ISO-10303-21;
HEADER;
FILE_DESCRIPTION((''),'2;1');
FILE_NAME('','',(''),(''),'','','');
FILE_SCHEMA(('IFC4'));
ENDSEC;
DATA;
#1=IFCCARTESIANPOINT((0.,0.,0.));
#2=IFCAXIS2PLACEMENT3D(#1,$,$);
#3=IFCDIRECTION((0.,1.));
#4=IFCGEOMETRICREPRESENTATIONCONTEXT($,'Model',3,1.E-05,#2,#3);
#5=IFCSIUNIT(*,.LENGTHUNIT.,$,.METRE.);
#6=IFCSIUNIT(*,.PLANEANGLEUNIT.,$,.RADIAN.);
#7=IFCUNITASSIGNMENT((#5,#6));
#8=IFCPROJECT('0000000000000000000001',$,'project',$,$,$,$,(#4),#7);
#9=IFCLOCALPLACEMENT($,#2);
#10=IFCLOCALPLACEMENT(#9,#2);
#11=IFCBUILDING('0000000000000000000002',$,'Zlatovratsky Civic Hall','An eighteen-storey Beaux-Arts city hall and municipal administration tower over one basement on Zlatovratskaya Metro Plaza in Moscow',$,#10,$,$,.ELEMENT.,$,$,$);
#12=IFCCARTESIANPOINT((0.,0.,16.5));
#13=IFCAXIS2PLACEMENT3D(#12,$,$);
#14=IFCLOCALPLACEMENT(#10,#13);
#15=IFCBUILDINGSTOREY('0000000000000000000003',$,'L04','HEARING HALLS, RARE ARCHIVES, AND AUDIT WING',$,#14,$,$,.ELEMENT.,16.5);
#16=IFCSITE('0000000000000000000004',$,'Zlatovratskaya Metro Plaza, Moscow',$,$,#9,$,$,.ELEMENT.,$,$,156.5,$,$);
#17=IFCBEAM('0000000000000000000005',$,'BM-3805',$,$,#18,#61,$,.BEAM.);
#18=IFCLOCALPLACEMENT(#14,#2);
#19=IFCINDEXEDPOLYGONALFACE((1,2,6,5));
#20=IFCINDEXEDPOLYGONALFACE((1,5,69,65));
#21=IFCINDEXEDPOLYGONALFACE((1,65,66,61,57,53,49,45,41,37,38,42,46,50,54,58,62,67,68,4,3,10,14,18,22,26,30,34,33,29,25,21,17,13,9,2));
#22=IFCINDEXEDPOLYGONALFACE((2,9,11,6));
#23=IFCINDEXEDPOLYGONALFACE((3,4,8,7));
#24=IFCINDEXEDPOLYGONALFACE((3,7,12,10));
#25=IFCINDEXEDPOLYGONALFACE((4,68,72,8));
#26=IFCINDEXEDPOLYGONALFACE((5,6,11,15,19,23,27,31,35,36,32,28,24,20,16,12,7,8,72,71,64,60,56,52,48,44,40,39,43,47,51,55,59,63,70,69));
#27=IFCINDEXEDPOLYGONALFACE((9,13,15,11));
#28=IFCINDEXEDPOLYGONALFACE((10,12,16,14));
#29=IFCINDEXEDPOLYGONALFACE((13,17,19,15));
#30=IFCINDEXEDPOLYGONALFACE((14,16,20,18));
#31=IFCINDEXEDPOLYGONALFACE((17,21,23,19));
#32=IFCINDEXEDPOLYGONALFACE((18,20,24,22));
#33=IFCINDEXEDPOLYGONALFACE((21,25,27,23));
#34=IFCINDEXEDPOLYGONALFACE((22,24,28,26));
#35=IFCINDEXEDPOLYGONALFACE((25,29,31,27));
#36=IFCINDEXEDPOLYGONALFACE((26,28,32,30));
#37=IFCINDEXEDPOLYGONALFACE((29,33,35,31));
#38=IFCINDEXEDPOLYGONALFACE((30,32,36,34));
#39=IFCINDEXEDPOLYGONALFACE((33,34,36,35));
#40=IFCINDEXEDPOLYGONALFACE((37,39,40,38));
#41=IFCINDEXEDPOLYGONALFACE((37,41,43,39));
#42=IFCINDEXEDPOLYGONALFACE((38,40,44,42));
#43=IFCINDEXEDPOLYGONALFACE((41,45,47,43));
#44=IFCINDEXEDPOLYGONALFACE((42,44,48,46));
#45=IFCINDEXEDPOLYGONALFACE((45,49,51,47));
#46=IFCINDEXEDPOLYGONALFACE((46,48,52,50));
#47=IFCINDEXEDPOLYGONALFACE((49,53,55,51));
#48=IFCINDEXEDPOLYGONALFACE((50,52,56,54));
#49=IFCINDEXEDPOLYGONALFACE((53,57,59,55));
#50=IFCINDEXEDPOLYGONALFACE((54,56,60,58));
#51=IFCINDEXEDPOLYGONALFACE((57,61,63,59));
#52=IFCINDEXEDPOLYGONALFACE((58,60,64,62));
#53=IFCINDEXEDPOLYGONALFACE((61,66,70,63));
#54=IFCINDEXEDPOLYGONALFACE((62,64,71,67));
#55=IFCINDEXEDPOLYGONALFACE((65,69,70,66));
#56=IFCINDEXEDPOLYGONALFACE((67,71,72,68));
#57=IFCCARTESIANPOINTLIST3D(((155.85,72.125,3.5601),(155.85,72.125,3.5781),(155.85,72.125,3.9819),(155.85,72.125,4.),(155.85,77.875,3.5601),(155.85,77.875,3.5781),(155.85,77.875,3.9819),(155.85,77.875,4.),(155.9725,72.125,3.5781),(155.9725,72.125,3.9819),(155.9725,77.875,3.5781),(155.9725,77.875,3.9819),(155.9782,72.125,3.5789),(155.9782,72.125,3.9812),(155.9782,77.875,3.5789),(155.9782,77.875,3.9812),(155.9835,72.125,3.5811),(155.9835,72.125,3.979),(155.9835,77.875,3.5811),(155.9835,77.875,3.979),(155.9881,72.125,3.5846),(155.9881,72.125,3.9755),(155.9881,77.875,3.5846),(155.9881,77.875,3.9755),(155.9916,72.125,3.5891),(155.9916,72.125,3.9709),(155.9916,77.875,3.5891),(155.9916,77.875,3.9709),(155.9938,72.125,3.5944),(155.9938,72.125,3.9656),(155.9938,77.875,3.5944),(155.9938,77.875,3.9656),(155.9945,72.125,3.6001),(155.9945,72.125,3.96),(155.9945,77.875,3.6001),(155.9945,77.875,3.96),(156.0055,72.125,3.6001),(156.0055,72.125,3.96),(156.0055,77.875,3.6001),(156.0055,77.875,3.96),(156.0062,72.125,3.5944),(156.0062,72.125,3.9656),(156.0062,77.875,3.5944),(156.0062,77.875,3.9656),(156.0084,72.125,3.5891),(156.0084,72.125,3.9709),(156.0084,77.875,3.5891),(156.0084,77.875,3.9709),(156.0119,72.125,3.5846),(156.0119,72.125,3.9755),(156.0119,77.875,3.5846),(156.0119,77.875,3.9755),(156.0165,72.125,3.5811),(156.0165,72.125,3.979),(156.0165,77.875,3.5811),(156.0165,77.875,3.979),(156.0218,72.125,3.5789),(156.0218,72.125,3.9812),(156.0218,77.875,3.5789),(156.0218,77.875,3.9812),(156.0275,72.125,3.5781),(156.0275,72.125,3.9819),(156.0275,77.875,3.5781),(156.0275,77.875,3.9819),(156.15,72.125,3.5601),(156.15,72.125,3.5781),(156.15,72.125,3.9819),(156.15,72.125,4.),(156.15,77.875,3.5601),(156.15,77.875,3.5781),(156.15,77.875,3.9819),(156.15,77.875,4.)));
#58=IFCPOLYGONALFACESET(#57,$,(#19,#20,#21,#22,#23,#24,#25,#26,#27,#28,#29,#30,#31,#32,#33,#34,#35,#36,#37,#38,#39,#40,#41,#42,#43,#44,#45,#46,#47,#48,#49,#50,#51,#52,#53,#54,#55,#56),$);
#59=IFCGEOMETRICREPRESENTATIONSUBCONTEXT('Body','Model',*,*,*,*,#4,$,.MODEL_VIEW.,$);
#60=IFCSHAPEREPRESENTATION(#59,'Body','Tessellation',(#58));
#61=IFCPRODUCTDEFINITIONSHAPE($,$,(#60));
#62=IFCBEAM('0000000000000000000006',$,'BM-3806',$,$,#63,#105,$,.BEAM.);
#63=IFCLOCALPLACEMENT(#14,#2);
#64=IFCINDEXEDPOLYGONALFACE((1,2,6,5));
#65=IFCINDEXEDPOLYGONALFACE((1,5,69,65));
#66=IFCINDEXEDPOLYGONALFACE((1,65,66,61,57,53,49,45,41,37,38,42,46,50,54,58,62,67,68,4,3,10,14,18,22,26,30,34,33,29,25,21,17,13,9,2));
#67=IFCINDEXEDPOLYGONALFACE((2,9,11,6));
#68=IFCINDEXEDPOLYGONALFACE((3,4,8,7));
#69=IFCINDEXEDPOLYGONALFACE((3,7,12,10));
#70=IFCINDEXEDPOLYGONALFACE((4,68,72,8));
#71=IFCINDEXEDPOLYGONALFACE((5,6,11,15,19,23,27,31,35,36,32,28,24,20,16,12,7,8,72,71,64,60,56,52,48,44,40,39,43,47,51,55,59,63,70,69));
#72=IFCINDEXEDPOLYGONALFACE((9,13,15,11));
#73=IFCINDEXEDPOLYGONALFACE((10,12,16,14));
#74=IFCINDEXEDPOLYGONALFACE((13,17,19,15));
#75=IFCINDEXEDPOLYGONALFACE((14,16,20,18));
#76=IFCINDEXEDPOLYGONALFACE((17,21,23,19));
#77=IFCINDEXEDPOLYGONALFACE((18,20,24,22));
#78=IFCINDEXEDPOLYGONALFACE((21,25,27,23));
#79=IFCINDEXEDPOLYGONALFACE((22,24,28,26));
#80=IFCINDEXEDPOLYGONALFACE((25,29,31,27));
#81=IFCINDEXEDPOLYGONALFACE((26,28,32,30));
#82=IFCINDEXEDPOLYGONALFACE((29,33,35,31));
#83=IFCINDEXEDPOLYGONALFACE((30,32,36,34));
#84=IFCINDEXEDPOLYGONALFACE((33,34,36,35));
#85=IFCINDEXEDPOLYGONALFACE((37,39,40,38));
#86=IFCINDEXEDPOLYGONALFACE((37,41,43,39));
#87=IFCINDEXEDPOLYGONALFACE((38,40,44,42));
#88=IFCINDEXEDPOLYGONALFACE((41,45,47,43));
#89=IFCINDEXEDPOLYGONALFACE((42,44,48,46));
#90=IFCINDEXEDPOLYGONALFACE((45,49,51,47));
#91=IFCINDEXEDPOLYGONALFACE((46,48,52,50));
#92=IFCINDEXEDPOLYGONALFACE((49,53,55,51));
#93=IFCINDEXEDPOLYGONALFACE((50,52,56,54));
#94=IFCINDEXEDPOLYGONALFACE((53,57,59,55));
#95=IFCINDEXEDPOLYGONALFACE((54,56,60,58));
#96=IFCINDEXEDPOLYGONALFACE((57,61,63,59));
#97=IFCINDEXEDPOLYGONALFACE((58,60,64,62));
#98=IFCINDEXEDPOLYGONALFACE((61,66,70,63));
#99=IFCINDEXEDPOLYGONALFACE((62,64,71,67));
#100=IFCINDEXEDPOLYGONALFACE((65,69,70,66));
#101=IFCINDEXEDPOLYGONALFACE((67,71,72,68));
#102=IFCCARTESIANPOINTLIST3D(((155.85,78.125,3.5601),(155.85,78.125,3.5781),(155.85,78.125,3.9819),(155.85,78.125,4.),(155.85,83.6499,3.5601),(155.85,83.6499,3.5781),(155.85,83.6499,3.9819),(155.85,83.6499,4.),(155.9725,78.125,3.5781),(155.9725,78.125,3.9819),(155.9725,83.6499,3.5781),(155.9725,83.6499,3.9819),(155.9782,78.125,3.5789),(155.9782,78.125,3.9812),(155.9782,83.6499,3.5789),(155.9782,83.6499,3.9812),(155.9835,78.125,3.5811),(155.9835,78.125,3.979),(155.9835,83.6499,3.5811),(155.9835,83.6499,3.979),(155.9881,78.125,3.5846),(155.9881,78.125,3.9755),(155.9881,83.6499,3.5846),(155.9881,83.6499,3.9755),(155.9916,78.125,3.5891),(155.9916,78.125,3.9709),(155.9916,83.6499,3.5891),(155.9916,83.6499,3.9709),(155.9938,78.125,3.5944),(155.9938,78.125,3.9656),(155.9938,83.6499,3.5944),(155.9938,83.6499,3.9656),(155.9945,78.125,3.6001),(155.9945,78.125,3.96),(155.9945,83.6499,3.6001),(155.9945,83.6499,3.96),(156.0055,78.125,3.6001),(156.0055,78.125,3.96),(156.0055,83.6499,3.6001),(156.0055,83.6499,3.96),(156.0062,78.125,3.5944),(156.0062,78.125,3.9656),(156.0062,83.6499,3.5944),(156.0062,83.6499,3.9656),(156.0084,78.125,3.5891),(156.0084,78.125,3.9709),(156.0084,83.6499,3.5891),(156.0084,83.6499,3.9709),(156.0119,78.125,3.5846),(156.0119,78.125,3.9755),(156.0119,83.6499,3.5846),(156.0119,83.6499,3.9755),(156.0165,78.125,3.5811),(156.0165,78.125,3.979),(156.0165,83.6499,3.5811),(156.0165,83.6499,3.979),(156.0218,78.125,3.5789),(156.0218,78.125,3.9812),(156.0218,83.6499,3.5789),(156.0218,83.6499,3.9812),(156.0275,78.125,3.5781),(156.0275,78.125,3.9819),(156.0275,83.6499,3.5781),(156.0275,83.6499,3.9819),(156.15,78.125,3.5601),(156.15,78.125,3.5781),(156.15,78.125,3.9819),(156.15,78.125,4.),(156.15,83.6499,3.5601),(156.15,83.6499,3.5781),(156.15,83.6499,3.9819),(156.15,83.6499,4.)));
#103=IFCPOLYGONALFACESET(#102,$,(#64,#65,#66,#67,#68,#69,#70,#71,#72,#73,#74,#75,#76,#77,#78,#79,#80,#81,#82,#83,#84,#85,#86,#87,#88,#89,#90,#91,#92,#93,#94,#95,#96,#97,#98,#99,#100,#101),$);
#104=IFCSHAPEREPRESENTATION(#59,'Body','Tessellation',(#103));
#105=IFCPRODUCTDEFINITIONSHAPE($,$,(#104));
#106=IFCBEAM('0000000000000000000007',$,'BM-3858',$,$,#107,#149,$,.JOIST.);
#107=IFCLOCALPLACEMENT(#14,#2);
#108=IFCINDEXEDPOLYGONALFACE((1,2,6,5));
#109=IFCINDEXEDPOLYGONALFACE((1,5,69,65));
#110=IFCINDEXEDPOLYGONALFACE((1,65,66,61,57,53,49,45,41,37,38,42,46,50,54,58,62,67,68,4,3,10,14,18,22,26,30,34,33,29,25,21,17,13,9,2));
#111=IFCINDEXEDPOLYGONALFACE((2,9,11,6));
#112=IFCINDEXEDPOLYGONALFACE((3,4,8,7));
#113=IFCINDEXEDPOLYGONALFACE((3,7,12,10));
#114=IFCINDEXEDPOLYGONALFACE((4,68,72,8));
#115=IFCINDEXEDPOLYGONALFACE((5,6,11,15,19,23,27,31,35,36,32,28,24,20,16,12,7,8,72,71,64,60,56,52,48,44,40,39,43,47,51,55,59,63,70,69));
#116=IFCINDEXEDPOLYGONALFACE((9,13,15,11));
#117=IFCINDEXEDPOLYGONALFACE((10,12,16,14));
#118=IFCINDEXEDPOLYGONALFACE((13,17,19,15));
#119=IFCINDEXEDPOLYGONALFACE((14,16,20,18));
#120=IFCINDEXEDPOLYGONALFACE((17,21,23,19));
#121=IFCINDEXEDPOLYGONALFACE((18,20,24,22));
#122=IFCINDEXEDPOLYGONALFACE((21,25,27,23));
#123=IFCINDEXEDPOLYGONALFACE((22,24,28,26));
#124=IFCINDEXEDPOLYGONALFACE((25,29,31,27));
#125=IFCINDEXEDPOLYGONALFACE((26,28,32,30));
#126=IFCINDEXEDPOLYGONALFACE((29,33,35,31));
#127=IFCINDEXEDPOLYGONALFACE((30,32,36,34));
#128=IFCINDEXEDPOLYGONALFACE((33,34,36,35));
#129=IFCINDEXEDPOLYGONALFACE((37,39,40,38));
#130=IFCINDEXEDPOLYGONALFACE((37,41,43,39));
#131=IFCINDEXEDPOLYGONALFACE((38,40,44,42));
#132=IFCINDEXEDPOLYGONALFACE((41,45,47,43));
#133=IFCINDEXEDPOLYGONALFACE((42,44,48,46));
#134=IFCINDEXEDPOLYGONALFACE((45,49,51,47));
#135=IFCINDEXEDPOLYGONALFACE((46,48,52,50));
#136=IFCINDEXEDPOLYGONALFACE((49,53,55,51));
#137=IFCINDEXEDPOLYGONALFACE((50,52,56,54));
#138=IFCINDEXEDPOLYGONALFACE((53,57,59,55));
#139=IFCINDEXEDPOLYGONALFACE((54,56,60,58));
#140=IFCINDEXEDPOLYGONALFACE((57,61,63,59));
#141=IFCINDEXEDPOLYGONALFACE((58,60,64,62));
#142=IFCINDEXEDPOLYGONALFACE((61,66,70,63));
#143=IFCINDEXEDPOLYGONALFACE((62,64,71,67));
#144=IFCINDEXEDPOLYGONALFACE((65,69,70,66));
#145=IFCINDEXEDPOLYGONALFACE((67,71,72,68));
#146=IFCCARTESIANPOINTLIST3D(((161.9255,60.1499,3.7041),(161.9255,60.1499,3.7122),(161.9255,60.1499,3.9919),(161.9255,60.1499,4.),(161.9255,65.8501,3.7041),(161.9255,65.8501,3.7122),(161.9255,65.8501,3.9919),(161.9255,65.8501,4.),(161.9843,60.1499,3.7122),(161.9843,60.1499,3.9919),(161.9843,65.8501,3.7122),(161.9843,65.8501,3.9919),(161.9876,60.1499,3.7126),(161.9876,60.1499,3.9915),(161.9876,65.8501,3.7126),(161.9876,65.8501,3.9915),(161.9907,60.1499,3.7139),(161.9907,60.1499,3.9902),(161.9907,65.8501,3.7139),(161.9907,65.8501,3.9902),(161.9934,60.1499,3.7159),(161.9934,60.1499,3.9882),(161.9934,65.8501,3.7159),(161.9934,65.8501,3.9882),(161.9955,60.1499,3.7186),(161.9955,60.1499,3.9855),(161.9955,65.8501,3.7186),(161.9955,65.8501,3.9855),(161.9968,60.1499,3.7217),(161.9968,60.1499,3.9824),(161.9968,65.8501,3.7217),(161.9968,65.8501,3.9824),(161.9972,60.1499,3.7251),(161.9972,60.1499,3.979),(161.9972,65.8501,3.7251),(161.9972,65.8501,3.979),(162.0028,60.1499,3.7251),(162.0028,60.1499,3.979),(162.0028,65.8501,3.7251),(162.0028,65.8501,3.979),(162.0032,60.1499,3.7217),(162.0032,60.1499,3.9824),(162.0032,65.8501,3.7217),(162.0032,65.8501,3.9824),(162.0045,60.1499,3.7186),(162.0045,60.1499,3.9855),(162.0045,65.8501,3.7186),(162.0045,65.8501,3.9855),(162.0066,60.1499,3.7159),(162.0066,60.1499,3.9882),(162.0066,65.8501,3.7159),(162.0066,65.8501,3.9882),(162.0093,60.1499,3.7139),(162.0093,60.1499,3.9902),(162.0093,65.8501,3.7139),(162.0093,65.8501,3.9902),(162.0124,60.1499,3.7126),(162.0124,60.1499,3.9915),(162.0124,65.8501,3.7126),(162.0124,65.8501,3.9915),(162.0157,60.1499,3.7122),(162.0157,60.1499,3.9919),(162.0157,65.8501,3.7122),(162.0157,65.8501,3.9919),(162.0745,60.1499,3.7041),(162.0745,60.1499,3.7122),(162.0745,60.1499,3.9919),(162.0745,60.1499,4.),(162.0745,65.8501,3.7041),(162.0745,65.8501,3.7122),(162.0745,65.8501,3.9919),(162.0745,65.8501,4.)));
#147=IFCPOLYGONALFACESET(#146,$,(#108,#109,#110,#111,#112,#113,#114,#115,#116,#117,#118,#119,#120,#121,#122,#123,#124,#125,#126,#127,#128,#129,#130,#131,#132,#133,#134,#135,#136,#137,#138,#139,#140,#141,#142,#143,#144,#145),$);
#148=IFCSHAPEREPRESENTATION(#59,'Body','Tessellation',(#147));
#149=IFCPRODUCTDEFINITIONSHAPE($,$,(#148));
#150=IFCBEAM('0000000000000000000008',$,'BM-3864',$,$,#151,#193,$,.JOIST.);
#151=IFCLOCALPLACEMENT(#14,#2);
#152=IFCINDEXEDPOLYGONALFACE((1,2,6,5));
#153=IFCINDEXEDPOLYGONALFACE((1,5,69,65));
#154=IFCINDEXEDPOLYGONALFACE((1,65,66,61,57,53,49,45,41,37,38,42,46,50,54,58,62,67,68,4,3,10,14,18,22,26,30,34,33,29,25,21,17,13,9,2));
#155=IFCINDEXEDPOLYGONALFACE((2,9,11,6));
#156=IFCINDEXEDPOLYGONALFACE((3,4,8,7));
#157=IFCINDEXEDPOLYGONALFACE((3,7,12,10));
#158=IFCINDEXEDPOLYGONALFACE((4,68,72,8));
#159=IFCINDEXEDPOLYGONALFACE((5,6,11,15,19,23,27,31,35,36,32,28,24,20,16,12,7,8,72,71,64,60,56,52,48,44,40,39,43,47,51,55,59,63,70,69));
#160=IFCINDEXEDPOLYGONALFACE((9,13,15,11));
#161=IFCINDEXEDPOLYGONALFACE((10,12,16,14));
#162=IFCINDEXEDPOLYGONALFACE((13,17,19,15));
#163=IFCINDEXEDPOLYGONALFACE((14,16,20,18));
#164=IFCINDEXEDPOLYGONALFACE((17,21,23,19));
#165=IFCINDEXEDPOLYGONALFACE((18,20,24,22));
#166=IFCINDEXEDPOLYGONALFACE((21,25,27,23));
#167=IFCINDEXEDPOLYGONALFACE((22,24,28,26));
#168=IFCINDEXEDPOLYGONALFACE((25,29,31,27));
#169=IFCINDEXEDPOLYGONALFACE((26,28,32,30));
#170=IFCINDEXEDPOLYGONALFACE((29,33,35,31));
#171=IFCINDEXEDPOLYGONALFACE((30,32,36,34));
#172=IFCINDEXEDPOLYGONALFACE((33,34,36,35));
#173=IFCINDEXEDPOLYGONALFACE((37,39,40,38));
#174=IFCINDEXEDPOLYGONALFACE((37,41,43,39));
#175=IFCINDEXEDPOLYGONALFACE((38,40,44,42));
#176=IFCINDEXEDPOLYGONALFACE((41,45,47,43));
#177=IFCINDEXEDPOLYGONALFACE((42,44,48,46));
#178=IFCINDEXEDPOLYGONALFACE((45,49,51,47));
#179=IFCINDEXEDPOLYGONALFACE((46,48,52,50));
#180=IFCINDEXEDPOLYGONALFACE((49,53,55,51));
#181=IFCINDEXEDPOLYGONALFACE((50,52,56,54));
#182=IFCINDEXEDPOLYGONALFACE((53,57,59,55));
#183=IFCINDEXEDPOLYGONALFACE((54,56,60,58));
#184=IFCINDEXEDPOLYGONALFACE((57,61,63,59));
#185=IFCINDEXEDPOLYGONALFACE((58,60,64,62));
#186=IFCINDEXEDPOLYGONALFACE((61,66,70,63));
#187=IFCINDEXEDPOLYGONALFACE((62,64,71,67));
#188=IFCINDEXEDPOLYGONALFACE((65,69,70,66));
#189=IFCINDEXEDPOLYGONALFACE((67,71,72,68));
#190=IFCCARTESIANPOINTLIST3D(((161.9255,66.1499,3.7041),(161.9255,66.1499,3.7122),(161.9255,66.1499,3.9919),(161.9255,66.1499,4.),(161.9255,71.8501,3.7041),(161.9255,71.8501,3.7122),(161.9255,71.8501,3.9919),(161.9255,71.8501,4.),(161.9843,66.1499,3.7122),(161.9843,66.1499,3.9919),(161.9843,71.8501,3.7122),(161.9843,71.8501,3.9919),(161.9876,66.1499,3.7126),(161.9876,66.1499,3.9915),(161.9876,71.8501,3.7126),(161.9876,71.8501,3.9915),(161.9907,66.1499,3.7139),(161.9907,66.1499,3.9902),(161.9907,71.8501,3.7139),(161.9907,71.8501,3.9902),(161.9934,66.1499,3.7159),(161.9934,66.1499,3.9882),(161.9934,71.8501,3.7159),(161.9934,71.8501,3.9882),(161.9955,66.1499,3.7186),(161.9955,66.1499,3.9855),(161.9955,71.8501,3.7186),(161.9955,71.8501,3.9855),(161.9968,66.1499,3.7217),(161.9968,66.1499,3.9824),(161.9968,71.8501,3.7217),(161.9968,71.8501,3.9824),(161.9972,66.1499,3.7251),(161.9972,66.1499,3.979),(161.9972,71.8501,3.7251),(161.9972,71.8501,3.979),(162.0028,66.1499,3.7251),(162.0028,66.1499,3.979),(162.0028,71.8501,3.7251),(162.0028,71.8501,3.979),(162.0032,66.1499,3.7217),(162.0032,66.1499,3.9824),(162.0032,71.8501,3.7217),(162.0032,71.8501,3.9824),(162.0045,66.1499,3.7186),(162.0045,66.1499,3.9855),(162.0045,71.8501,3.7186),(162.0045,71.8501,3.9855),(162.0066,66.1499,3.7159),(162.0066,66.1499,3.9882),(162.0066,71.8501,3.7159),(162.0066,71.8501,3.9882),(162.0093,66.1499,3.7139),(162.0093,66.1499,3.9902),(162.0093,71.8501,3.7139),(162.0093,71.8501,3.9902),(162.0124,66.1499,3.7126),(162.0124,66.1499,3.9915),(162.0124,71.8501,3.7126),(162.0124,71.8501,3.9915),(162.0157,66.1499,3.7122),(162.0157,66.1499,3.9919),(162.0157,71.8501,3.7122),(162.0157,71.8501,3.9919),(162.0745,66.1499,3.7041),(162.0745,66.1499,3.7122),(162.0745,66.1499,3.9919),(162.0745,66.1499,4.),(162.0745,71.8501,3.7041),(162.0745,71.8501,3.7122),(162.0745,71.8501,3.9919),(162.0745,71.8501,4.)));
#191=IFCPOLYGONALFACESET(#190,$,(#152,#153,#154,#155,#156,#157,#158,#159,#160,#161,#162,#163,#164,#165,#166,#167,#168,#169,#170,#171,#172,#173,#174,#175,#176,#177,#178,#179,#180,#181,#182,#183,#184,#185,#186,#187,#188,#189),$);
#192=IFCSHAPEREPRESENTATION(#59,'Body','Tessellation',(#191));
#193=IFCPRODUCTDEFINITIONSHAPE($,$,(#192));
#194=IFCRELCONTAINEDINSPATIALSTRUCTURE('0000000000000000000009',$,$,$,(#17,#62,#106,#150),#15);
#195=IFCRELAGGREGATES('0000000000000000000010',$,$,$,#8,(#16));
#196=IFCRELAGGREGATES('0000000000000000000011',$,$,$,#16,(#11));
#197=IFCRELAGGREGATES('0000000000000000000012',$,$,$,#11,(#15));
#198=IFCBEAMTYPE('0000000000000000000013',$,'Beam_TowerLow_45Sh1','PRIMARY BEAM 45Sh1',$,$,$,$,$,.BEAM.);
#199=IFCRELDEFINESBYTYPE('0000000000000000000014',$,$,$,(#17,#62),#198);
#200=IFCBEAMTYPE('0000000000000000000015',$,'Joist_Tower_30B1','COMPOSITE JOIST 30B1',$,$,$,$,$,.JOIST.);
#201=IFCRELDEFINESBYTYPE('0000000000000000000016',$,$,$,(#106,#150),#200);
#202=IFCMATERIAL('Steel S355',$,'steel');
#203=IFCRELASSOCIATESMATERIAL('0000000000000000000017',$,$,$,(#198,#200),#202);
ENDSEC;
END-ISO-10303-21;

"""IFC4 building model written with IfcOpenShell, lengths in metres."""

from ifc_helpers import new_model, si_unit, direction, frame, origin, origin_2d, place, context, subcontext, project, spatial, i_section, extrude, material, material_profile, profile_set, type_object, element, save


model = new_model("IFC4")

# Units and contexts
model_context = context("Model", 3, precision=1e-05, world=origin(), true_north=direction((0.0, 1.0)))
body_context = subcontext(model_context, "Body", "Model", "MODEL_VIEW")
ifc_project = project(units=[si_unit("LENGTHUNIT", "METRE"), si_unit("PLANEANGLEUNIT", "RADIAN")], contexts=[model_context])

# Site, building, storey
site_placement = place(None, origin())
site = spatial("IfcSite", under=ifc_project, at=site_placement, Name="Zlatovratskaya Metro Plaza, Moscow", CompositionType="ELEMENT", RefElevation=156.5)
building_placement = place(site_placement, origin())
building = spatial("IfcBuilding", under=site, at=building_placement, Name="Zlatovratsky Civic Hall", Description="An eighteen-storey Beaux-Arts city hall and municipal administration tower over one basement on Zlatovratskaya Metro Plaza in Moscow", CompositionType="ELEMENT")
storey_placement = place(building_placement, frame((0.0, 0.0, 16.5)))
storey = spatial("IfcBuildingStorey", under=building, at=storey_placement, Name="L04", Description="HEARING HALLS, RARE ARCHIVES, AND AUDIT WING", CompositionType="ELEMENT", Elevation=16.5)

# Shared definitions
ifc_material_1 = material(Name="Steel S355", Category="steel")

# Beams
ifc_material_profile_1 = material_profile(ifc_material_1, i_section(OverallWidth=0.3, OverallDepth=0.4399, WebThickness=0.011, FlangeThickness=0.0181, FilletRadius=0.022, at=origin_2d()), Name="45Sh1")
ifc_profile_set_1 = profile_set([ifc_material_profile_1], Name="Steel S355")
beam_type_1 = type_object("IfcBeamType", Name="Beam_TowerLow_45Sh1", Description="PRIMARY BEAM 45Sh1", PredefinedType="BEAM", material=ifc_profile_set_1)
for number, where, z_axis, x_axis, name in (
    (1, (156.0, 72.125, 3.78), (0.0, 1.0, 0.0), (-1.0, 0.0, 0.0), "BM-3805"),
):
    element("IfcBeam", number, at=place(storey_placement, frame(where, z_axis=z_axis, x_axis=x_axis)), inside=storey, type_object=beam_type_1, Name=name, PredefinedType="BEAM", context=body_context, shape_type="SweptSolid", body=[
        extrude(i_section(OverallWidth=0.3, OverallDepth=0.4399, WebThickness=0.011, FlangeThickness=0.0181, FilletRadius=0.022, at=origin_2d()), origin(), (0.0, 0.0, 1.0), 5.75),
    ])
beam_1_placement = place(storey_placement, frame((156.0, 78.125, 3.78), z_axis=(0.0, 1.0, 0.0), x_axis=(-1.0, 0.0, 0.0)))
element("IfcBeam", 2, at=beam_1_placement, inside=storey, type_object=beam_type_1, Name="BM-3806", PredefinedType="BEAM", context=body_context, shape_type="SweptSolid", body=[
    extrude(i_section(OverallWidth=0.3, OverallDepth=0.4399, WebThickness=0.011, FlangeThickness=0.0181, FilletRadius=0.022, at=origin_2d()), origin(), (0.0, 0.0, 1.0), 5.5249),
])
ifc_material_profile_2 = material_profile(ifc_material_1, i_section(OverallWidth=0.1489, OverallDepth=0.2959, WebThickness=0.0056, FlangeThickness=0.0081, FilletRadius=0.0129, at=origin_2d()), Name="30B1")
ifc_profile_set_2 = profile_set([ifc_material_profile_2], Name="Steel S355")
beam_type_2 = type_object("IfcBeamType", Name="Joist_Tower_30B1", Description="COMPOSITE JOIST 30B1", PredefinedType="JOIST", material=ifc_profile_set_2)
for number, where, z_axis, x_axis, name in (
    (3, (162.0, 60.1499, 3.8521), (0.0, 1.0, 0.0), (-1.0, 0.0, 0.0), "BM-3858"),
    (4, (162.0, 66.1499, 3.8521), (0.0, 1.0, 0.0), (-1.0, 0.0, 0.0), "BM-3864"),
):
    element("IfcBeam", number, at=place(storey_placement, frame(where, z_axis=z_axis, x_axis=x_axis)), inside=storey, type_object=beam_type_2, Name=name, PredefinedType="JOIST", context=body_context, shape_type="SweptSolid", body=[
        extrude(i_section(OverallWidth=0.1489, OverallDepth=0.2959, WebThickness=0.0056, FlangeThickness=0.0081, FilletRadius=0.0129, at=origin_2d()), origin(), (0.0, 0.0, 1.0), 5.7002),
    ])

save(model, "model.ifc")
